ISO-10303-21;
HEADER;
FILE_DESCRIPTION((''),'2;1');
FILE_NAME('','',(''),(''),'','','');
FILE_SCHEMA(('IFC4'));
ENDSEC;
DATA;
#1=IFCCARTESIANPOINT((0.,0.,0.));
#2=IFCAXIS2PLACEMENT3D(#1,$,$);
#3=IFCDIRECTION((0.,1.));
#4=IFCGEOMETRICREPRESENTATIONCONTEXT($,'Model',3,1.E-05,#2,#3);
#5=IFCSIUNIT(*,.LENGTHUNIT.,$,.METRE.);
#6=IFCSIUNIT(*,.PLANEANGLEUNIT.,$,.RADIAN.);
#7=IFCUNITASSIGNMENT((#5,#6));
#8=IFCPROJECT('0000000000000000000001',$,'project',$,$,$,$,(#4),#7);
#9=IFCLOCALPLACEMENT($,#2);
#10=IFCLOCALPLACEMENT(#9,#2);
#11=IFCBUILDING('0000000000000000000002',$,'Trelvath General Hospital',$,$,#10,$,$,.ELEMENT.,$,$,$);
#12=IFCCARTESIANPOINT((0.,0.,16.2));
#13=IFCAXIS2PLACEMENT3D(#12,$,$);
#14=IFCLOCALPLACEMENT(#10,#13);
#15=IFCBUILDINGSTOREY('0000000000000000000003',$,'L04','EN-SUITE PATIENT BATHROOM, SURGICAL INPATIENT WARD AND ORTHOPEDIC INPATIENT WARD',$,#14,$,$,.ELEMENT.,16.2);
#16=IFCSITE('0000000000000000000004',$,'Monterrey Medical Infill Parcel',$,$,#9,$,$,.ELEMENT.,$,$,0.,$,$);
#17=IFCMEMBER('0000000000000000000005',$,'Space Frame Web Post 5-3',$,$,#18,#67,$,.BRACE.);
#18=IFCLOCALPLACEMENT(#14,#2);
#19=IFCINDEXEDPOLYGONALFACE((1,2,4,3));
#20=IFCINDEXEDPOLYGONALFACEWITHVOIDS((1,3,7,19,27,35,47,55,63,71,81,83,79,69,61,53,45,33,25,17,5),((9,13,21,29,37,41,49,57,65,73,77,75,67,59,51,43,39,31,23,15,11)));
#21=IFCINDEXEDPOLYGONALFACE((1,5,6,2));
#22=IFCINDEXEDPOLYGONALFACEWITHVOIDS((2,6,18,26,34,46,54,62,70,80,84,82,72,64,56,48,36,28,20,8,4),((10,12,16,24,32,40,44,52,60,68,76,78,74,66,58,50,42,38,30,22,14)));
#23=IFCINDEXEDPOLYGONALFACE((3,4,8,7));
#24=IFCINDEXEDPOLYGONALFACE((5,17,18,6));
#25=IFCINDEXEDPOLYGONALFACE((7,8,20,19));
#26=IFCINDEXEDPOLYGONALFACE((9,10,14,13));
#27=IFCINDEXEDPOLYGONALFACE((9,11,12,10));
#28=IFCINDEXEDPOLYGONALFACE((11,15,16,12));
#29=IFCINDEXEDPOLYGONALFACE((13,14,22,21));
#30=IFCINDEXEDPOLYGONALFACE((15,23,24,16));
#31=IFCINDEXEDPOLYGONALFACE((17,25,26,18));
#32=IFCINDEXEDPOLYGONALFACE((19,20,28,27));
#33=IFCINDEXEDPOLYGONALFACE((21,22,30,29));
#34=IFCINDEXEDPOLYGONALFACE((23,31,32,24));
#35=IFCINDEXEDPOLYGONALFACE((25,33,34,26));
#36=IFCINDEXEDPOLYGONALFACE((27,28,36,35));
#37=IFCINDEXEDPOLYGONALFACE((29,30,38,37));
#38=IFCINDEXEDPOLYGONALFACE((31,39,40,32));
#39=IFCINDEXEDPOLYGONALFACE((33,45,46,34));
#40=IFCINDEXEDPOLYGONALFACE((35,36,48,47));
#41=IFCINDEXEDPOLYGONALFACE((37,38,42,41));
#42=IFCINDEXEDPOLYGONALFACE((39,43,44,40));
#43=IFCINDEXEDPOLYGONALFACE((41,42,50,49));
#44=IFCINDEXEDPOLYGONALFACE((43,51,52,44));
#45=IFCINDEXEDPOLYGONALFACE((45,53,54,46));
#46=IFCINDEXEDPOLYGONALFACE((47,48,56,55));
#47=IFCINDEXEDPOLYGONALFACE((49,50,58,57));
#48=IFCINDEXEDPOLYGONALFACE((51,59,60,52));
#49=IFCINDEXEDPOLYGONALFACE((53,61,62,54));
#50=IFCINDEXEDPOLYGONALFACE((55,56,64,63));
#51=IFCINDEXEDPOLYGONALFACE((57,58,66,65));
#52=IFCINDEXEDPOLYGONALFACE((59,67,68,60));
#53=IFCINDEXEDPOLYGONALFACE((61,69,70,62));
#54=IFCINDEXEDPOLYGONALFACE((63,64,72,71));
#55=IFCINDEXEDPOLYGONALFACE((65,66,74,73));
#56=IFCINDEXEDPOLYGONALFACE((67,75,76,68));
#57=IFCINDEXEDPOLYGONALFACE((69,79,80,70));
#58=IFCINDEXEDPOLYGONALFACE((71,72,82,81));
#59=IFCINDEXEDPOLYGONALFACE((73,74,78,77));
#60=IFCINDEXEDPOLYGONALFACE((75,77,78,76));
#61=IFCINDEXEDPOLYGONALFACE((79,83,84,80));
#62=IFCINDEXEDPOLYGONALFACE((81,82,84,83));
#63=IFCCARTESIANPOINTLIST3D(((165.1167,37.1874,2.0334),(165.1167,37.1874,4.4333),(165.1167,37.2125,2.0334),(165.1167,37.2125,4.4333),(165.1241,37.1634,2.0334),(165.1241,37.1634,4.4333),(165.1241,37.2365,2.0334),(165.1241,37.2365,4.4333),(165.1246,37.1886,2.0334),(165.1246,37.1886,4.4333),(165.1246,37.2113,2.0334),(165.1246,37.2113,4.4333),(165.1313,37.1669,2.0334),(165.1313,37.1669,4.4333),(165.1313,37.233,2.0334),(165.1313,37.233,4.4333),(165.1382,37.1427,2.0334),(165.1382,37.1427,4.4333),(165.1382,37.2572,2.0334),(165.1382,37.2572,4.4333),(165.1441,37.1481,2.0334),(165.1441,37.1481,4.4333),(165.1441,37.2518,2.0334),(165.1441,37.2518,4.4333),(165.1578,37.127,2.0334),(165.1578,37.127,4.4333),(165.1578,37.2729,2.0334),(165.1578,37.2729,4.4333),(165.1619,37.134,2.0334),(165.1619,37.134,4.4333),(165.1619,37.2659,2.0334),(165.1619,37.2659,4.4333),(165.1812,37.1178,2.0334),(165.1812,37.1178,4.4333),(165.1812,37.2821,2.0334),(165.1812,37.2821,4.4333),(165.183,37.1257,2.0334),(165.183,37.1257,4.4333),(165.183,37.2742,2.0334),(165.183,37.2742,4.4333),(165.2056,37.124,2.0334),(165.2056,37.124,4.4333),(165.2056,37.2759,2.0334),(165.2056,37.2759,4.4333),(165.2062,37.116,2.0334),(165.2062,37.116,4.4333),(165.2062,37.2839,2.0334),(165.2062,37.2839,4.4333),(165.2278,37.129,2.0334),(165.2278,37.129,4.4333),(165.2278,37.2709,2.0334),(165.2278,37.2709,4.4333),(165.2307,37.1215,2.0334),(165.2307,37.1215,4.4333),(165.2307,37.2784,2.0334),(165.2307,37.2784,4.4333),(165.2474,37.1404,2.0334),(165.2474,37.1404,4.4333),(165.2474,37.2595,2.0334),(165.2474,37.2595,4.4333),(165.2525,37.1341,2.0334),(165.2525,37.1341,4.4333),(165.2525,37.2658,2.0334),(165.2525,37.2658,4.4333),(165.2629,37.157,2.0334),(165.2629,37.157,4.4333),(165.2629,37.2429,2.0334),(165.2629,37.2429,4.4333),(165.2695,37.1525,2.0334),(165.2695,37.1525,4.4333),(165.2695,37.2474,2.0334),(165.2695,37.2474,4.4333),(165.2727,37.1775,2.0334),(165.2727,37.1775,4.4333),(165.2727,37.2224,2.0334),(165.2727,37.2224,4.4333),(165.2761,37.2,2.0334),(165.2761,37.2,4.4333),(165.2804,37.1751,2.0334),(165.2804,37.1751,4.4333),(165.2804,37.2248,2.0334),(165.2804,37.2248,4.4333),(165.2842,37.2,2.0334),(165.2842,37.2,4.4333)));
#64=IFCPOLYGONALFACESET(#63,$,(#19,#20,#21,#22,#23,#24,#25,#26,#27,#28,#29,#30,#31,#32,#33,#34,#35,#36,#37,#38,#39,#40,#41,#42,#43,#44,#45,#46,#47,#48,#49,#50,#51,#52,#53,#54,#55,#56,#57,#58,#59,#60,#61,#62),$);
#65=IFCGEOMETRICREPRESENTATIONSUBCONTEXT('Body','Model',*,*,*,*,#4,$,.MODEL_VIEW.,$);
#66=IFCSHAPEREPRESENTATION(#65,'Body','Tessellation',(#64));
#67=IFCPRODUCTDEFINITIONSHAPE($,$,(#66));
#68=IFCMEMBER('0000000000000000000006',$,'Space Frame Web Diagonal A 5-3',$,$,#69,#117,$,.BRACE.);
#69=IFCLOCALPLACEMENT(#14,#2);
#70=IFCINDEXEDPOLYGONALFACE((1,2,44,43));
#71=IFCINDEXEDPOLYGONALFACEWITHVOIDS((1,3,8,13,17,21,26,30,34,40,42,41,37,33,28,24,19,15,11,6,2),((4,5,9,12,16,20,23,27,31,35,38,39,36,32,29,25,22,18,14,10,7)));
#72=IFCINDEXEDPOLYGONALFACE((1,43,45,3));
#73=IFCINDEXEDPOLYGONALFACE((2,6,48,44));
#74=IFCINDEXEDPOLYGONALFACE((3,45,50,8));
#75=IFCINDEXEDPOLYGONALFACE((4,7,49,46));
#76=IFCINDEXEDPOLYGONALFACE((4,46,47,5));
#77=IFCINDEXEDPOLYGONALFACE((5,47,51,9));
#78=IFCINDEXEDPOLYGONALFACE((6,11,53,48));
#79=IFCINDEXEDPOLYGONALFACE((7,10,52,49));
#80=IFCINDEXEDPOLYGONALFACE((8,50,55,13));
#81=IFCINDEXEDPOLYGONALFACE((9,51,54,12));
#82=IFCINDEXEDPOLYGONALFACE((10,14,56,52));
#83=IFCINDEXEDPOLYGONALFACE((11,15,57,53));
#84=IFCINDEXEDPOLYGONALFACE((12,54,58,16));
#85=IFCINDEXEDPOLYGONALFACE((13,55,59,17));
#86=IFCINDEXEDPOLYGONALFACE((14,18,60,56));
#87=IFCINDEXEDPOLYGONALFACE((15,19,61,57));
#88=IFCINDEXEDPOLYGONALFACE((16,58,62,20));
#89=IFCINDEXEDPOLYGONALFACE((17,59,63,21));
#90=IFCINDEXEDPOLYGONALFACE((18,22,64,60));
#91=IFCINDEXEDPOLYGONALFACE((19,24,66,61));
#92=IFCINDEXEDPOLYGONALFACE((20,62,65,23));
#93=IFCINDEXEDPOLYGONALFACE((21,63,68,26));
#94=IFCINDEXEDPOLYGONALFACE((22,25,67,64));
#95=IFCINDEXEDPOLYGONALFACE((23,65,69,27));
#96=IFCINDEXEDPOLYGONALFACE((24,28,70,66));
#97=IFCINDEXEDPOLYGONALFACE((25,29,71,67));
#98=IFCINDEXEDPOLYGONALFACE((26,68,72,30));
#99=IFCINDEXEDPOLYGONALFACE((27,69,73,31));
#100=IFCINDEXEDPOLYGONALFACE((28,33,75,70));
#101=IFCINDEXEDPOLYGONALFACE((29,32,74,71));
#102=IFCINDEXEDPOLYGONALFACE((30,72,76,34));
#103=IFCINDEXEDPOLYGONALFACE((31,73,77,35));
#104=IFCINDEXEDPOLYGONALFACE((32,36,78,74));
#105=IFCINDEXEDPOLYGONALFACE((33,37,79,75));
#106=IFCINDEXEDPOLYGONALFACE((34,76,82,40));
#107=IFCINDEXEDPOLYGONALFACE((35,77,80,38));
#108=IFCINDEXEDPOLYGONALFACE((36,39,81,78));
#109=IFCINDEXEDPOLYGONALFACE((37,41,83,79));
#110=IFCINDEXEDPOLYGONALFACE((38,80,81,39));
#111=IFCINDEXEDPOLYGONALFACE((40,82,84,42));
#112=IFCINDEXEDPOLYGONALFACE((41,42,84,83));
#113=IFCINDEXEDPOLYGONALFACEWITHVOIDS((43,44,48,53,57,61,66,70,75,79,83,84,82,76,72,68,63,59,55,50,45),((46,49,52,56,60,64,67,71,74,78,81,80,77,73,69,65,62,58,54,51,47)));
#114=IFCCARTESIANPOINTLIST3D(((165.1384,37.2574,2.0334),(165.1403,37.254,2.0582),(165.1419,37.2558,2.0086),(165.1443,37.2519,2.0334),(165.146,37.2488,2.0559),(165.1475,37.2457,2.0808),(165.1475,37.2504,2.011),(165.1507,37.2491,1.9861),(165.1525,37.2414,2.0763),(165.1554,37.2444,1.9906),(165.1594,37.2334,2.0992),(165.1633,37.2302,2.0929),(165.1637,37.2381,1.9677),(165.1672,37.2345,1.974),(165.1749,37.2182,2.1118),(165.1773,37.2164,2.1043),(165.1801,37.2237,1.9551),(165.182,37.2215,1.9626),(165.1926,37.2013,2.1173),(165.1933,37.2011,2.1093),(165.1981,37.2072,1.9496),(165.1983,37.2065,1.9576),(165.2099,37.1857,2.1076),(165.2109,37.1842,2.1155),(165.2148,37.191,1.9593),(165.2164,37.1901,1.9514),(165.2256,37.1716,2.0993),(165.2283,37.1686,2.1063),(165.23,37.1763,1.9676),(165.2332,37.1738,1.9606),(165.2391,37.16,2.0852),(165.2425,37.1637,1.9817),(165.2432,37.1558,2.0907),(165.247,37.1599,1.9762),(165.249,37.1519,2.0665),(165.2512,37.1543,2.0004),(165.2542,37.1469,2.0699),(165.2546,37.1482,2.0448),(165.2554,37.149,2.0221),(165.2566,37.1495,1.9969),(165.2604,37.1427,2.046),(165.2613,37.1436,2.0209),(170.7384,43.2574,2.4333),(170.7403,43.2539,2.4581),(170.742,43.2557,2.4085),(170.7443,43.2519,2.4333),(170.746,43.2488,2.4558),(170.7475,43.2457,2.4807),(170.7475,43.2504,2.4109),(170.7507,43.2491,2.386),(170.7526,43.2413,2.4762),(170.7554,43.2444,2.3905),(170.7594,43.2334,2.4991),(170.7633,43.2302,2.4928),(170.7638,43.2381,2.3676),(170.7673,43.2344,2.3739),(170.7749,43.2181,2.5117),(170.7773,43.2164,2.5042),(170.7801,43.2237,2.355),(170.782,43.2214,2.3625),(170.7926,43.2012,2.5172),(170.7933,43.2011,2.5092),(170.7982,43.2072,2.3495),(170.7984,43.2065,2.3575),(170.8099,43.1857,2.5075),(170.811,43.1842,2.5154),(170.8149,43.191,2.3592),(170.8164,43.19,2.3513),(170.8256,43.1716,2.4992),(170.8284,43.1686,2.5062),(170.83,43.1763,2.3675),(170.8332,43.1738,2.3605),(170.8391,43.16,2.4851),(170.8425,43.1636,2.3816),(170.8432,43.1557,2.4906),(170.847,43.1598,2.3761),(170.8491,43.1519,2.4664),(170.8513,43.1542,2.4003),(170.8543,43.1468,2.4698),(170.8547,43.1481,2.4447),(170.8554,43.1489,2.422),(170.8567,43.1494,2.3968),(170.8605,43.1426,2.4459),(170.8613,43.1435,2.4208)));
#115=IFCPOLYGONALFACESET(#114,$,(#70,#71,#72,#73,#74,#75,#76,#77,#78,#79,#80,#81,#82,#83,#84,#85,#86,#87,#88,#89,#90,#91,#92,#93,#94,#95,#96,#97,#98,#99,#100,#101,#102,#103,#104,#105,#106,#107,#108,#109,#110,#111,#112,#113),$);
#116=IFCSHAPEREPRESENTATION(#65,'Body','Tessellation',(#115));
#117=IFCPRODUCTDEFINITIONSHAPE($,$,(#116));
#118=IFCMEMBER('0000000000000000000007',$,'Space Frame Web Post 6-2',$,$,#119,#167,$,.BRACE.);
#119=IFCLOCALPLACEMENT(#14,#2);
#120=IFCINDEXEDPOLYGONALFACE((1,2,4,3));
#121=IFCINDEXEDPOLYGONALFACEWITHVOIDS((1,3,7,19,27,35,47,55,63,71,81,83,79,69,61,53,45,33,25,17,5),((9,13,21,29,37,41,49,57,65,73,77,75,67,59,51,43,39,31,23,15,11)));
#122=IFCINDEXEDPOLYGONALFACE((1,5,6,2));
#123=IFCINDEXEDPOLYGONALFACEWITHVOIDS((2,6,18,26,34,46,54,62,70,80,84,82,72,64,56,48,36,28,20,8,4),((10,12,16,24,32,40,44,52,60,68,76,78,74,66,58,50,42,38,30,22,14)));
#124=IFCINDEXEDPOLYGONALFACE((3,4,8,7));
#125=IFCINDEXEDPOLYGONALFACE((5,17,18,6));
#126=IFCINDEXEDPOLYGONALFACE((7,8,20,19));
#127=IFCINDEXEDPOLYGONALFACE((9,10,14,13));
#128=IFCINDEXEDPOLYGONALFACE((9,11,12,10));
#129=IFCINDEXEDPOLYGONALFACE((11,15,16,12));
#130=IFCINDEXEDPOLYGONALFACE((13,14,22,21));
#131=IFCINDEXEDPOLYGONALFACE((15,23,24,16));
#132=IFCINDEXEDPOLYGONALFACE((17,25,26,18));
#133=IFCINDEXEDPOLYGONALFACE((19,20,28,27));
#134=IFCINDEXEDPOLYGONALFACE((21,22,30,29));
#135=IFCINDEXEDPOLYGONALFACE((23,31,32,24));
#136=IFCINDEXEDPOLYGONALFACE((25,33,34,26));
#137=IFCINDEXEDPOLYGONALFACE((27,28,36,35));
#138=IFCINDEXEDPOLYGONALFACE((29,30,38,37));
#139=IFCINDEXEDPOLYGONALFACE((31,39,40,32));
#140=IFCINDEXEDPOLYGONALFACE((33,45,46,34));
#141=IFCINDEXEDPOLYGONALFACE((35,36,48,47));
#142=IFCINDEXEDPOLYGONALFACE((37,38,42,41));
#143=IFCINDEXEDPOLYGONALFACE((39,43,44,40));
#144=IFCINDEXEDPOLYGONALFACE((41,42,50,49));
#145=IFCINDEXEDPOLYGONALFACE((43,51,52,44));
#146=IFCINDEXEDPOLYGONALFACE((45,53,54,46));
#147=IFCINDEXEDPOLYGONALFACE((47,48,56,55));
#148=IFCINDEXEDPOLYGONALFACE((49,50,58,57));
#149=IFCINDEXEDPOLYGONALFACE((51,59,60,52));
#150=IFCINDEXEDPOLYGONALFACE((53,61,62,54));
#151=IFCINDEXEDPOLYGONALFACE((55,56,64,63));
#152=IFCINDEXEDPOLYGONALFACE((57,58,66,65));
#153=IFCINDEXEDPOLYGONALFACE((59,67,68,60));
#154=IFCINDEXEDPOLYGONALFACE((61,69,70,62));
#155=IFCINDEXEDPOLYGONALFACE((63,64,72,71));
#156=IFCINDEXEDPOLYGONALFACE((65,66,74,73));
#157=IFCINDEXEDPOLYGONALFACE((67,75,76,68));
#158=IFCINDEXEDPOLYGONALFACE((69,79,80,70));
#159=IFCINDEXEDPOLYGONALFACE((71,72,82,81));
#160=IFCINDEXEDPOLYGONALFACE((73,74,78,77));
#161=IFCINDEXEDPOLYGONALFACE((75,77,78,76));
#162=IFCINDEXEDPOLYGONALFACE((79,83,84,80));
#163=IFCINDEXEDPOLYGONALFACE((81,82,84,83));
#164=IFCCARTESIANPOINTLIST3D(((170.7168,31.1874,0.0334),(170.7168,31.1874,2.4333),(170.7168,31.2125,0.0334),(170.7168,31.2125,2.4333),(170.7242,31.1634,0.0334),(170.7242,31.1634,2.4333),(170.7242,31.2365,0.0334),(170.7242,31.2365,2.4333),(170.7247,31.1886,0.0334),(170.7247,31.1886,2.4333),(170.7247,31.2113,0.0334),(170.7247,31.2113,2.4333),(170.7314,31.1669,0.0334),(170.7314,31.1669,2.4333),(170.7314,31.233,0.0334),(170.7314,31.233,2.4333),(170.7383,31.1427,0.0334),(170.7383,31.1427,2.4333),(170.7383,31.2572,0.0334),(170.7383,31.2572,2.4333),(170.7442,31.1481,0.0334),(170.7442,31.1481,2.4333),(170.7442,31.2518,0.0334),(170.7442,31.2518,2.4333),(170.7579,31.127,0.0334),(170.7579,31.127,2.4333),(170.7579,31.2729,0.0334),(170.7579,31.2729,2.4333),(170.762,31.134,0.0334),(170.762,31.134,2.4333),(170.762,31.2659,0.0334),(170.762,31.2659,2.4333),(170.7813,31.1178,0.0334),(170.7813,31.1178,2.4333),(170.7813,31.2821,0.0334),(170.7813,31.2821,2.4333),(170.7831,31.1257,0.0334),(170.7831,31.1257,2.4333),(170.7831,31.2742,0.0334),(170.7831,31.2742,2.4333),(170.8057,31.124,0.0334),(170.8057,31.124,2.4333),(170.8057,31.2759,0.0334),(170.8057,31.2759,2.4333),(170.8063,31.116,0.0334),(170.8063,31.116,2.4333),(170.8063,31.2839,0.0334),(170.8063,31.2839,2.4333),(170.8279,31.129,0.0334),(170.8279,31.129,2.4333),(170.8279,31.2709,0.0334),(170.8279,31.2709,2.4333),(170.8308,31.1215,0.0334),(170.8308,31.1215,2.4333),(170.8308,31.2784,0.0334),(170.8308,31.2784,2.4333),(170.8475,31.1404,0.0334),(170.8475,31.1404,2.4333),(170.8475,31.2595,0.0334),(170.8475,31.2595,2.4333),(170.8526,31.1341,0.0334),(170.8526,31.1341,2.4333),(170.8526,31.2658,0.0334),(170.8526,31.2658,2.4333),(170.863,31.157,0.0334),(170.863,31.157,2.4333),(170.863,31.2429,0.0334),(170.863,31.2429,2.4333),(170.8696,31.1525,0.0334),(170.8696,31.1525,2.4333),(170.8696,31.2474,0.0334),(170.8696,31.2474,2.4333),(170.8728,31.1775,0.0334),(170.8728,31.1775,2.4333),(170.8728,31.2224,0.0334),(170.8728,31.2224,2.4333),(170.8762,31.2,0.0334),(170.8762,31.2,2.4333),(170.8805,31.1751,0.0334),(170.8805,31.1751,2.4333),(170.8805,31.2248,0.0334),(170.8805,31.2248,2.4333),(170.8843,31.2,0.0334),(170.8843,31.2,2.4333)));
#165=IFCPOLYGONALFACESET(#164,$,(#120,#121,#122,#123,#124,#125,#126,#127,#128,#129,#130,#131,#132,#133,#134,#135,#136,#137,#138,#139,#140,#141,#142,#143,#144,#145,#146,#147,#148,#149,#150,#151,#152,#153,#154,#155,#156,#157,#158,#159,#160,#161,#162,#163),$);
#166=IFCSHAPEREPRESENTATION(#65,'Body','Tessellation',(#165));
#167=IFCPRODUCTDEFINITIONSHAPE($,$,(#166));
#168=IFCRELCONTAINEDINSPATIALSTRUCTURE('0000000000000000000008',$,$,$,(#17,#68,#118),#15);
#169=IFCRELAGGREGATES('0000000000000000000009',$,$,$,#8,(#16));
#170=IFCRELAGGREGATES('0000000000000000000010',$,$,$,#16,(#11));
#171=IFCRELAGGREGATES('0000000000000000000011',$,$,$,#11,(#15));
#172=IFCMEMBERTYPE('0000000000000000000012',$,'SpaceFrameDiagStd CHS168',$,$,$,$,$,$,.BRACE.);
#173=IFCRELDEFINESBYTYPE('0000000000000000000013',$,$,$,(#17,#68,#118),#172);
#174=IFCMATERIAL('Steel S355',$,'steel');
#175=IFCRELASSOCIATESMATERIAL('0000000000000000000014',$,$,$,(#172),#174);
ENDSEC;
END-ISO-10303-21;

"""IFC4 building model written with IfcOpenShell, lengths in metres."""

from ifc_helpers import new_model, si_unit, direction, frame, origin, origin_2d, place, context, subcontext, project, spatial, hollow_circle, extrude, material, material_profile, profile_set, type_object, element, save


model = new_model("IFC4")

# Units and contexts
model_context = context("Model", 3, precision=1e-05, world=origin(), true_north=direction((0.0, 1.0)))
body_context = subcontext(model_context, "Body", "Model", "MODEL_VIEW")
ifc_project = project(units=[si_unit("LENGTHUNIT", "METRE"), si_unit("PLANEANGLEUNIT", "RADIAN")], contexts=[model_context])

# Site, building, storey
site_placement = place(None, origin())
site = spatial("IfcSite", under=ifc_project, at=site_placement, Name="Monterrey Medical Infill Parcel", CompositionType="ELEMENT", RefElevation=0.0)
building_placement = place(site_placement, origin())
building = spatial("IfcBuilding", under=site, at=building_placement, Name="Trelvath General Hospital", CompositionType="ELEMENT")
storey_placement = place(building_placement, frame((0.0, 0.0, 16.2)))
storey = spatial("IfcBuildingStorey", under=building, at=storey_placement, Name="L04", Description="EN-SUITE PATIENT BATHROOM, SURGICAL INPATIENT WARD AND ORTHOPEDIC INPATIENT WARD", CompositionType="ELEMENT", Elevation=16.2)

# Members
ifc_material_1 = material(Name="Steel S355", Category="steel")
ifc_material_profile_1 = material_profile(ifc_material_1, hollow_circle(Radius=0.0842, WallThickness=0.0081, at=origin_2d()), Name="CHS168.3x8.0")
ifc_profile_set_1 = profile_set([ifc_material_profile_1], Name="Steel S355")
member_type_1 = type_object("IfcMemberType", Name="SpaceFrameDiagStd CHS168", PredefinedType="BRACE", material=ifc_profile_set_1)
member_1_placement = place(storey_placement, frame((165.2, 37.2, 2.0334), z_axis=(0.0, 0.0, 1.0), x_axis=(1.0, 0.0, 0.0)))
element("IfcMember", 1, at=member_1_placement, inside=storey, type_object=member_type_1, Name="Space Frame Web Post 5-3", PredefinedType="BRACE", context=body_context, shape_type="SweptSolid", body=[
    extrude(hollow_circle(Radius=0.0842, WallThickness=0.0081, at=origin_2d()), origin(), (0.0, 0.0, 1.0), 2.3999),
])
member_2_placement = place(storey_placement, frame((165.2, 37.2, 2.0334), z_axis=(0.681516, 0.730183, 0.048667), x_axis=(-0.731049, 0.682325, 0.0)))
element("IfcMember", 2, at=member_2_placement, inside=storey, type_object=member_type_1, Name="Space Frame Web Diagonal A 5-3", PredefinedType="BRACE", context=body_context, shape_type="SweptSolid", body=[
    extrude(hollow_circle(Radius=0.0842, WallThickness=0.0081, at=origin_2d()), origin(), (0.0, 0.0, 1.0), 8.217),
])
member_3_placement = place(storey_placement, frame((170.8, 31.2, 0.0334), z_axis=(0.0, 0.0, 1.0), x_axis=(1.0, 0.0, 0.0)))
element("IfcMember", 3, at=member_3_placement, inside=storey, type_object=member_type_1, Name="Space Frame Web Post 6-2", PredefinedType="BRACE", context=body_context, shape_type="SweptSolid", body=[
    extrude(hollow_circle(Radius=0.0842, WallThickness=0.0081, at=origin_2d()), origin(), (0.0, 0.0, 1.0), 2.3999),
])

save(model, "model.ifc")
